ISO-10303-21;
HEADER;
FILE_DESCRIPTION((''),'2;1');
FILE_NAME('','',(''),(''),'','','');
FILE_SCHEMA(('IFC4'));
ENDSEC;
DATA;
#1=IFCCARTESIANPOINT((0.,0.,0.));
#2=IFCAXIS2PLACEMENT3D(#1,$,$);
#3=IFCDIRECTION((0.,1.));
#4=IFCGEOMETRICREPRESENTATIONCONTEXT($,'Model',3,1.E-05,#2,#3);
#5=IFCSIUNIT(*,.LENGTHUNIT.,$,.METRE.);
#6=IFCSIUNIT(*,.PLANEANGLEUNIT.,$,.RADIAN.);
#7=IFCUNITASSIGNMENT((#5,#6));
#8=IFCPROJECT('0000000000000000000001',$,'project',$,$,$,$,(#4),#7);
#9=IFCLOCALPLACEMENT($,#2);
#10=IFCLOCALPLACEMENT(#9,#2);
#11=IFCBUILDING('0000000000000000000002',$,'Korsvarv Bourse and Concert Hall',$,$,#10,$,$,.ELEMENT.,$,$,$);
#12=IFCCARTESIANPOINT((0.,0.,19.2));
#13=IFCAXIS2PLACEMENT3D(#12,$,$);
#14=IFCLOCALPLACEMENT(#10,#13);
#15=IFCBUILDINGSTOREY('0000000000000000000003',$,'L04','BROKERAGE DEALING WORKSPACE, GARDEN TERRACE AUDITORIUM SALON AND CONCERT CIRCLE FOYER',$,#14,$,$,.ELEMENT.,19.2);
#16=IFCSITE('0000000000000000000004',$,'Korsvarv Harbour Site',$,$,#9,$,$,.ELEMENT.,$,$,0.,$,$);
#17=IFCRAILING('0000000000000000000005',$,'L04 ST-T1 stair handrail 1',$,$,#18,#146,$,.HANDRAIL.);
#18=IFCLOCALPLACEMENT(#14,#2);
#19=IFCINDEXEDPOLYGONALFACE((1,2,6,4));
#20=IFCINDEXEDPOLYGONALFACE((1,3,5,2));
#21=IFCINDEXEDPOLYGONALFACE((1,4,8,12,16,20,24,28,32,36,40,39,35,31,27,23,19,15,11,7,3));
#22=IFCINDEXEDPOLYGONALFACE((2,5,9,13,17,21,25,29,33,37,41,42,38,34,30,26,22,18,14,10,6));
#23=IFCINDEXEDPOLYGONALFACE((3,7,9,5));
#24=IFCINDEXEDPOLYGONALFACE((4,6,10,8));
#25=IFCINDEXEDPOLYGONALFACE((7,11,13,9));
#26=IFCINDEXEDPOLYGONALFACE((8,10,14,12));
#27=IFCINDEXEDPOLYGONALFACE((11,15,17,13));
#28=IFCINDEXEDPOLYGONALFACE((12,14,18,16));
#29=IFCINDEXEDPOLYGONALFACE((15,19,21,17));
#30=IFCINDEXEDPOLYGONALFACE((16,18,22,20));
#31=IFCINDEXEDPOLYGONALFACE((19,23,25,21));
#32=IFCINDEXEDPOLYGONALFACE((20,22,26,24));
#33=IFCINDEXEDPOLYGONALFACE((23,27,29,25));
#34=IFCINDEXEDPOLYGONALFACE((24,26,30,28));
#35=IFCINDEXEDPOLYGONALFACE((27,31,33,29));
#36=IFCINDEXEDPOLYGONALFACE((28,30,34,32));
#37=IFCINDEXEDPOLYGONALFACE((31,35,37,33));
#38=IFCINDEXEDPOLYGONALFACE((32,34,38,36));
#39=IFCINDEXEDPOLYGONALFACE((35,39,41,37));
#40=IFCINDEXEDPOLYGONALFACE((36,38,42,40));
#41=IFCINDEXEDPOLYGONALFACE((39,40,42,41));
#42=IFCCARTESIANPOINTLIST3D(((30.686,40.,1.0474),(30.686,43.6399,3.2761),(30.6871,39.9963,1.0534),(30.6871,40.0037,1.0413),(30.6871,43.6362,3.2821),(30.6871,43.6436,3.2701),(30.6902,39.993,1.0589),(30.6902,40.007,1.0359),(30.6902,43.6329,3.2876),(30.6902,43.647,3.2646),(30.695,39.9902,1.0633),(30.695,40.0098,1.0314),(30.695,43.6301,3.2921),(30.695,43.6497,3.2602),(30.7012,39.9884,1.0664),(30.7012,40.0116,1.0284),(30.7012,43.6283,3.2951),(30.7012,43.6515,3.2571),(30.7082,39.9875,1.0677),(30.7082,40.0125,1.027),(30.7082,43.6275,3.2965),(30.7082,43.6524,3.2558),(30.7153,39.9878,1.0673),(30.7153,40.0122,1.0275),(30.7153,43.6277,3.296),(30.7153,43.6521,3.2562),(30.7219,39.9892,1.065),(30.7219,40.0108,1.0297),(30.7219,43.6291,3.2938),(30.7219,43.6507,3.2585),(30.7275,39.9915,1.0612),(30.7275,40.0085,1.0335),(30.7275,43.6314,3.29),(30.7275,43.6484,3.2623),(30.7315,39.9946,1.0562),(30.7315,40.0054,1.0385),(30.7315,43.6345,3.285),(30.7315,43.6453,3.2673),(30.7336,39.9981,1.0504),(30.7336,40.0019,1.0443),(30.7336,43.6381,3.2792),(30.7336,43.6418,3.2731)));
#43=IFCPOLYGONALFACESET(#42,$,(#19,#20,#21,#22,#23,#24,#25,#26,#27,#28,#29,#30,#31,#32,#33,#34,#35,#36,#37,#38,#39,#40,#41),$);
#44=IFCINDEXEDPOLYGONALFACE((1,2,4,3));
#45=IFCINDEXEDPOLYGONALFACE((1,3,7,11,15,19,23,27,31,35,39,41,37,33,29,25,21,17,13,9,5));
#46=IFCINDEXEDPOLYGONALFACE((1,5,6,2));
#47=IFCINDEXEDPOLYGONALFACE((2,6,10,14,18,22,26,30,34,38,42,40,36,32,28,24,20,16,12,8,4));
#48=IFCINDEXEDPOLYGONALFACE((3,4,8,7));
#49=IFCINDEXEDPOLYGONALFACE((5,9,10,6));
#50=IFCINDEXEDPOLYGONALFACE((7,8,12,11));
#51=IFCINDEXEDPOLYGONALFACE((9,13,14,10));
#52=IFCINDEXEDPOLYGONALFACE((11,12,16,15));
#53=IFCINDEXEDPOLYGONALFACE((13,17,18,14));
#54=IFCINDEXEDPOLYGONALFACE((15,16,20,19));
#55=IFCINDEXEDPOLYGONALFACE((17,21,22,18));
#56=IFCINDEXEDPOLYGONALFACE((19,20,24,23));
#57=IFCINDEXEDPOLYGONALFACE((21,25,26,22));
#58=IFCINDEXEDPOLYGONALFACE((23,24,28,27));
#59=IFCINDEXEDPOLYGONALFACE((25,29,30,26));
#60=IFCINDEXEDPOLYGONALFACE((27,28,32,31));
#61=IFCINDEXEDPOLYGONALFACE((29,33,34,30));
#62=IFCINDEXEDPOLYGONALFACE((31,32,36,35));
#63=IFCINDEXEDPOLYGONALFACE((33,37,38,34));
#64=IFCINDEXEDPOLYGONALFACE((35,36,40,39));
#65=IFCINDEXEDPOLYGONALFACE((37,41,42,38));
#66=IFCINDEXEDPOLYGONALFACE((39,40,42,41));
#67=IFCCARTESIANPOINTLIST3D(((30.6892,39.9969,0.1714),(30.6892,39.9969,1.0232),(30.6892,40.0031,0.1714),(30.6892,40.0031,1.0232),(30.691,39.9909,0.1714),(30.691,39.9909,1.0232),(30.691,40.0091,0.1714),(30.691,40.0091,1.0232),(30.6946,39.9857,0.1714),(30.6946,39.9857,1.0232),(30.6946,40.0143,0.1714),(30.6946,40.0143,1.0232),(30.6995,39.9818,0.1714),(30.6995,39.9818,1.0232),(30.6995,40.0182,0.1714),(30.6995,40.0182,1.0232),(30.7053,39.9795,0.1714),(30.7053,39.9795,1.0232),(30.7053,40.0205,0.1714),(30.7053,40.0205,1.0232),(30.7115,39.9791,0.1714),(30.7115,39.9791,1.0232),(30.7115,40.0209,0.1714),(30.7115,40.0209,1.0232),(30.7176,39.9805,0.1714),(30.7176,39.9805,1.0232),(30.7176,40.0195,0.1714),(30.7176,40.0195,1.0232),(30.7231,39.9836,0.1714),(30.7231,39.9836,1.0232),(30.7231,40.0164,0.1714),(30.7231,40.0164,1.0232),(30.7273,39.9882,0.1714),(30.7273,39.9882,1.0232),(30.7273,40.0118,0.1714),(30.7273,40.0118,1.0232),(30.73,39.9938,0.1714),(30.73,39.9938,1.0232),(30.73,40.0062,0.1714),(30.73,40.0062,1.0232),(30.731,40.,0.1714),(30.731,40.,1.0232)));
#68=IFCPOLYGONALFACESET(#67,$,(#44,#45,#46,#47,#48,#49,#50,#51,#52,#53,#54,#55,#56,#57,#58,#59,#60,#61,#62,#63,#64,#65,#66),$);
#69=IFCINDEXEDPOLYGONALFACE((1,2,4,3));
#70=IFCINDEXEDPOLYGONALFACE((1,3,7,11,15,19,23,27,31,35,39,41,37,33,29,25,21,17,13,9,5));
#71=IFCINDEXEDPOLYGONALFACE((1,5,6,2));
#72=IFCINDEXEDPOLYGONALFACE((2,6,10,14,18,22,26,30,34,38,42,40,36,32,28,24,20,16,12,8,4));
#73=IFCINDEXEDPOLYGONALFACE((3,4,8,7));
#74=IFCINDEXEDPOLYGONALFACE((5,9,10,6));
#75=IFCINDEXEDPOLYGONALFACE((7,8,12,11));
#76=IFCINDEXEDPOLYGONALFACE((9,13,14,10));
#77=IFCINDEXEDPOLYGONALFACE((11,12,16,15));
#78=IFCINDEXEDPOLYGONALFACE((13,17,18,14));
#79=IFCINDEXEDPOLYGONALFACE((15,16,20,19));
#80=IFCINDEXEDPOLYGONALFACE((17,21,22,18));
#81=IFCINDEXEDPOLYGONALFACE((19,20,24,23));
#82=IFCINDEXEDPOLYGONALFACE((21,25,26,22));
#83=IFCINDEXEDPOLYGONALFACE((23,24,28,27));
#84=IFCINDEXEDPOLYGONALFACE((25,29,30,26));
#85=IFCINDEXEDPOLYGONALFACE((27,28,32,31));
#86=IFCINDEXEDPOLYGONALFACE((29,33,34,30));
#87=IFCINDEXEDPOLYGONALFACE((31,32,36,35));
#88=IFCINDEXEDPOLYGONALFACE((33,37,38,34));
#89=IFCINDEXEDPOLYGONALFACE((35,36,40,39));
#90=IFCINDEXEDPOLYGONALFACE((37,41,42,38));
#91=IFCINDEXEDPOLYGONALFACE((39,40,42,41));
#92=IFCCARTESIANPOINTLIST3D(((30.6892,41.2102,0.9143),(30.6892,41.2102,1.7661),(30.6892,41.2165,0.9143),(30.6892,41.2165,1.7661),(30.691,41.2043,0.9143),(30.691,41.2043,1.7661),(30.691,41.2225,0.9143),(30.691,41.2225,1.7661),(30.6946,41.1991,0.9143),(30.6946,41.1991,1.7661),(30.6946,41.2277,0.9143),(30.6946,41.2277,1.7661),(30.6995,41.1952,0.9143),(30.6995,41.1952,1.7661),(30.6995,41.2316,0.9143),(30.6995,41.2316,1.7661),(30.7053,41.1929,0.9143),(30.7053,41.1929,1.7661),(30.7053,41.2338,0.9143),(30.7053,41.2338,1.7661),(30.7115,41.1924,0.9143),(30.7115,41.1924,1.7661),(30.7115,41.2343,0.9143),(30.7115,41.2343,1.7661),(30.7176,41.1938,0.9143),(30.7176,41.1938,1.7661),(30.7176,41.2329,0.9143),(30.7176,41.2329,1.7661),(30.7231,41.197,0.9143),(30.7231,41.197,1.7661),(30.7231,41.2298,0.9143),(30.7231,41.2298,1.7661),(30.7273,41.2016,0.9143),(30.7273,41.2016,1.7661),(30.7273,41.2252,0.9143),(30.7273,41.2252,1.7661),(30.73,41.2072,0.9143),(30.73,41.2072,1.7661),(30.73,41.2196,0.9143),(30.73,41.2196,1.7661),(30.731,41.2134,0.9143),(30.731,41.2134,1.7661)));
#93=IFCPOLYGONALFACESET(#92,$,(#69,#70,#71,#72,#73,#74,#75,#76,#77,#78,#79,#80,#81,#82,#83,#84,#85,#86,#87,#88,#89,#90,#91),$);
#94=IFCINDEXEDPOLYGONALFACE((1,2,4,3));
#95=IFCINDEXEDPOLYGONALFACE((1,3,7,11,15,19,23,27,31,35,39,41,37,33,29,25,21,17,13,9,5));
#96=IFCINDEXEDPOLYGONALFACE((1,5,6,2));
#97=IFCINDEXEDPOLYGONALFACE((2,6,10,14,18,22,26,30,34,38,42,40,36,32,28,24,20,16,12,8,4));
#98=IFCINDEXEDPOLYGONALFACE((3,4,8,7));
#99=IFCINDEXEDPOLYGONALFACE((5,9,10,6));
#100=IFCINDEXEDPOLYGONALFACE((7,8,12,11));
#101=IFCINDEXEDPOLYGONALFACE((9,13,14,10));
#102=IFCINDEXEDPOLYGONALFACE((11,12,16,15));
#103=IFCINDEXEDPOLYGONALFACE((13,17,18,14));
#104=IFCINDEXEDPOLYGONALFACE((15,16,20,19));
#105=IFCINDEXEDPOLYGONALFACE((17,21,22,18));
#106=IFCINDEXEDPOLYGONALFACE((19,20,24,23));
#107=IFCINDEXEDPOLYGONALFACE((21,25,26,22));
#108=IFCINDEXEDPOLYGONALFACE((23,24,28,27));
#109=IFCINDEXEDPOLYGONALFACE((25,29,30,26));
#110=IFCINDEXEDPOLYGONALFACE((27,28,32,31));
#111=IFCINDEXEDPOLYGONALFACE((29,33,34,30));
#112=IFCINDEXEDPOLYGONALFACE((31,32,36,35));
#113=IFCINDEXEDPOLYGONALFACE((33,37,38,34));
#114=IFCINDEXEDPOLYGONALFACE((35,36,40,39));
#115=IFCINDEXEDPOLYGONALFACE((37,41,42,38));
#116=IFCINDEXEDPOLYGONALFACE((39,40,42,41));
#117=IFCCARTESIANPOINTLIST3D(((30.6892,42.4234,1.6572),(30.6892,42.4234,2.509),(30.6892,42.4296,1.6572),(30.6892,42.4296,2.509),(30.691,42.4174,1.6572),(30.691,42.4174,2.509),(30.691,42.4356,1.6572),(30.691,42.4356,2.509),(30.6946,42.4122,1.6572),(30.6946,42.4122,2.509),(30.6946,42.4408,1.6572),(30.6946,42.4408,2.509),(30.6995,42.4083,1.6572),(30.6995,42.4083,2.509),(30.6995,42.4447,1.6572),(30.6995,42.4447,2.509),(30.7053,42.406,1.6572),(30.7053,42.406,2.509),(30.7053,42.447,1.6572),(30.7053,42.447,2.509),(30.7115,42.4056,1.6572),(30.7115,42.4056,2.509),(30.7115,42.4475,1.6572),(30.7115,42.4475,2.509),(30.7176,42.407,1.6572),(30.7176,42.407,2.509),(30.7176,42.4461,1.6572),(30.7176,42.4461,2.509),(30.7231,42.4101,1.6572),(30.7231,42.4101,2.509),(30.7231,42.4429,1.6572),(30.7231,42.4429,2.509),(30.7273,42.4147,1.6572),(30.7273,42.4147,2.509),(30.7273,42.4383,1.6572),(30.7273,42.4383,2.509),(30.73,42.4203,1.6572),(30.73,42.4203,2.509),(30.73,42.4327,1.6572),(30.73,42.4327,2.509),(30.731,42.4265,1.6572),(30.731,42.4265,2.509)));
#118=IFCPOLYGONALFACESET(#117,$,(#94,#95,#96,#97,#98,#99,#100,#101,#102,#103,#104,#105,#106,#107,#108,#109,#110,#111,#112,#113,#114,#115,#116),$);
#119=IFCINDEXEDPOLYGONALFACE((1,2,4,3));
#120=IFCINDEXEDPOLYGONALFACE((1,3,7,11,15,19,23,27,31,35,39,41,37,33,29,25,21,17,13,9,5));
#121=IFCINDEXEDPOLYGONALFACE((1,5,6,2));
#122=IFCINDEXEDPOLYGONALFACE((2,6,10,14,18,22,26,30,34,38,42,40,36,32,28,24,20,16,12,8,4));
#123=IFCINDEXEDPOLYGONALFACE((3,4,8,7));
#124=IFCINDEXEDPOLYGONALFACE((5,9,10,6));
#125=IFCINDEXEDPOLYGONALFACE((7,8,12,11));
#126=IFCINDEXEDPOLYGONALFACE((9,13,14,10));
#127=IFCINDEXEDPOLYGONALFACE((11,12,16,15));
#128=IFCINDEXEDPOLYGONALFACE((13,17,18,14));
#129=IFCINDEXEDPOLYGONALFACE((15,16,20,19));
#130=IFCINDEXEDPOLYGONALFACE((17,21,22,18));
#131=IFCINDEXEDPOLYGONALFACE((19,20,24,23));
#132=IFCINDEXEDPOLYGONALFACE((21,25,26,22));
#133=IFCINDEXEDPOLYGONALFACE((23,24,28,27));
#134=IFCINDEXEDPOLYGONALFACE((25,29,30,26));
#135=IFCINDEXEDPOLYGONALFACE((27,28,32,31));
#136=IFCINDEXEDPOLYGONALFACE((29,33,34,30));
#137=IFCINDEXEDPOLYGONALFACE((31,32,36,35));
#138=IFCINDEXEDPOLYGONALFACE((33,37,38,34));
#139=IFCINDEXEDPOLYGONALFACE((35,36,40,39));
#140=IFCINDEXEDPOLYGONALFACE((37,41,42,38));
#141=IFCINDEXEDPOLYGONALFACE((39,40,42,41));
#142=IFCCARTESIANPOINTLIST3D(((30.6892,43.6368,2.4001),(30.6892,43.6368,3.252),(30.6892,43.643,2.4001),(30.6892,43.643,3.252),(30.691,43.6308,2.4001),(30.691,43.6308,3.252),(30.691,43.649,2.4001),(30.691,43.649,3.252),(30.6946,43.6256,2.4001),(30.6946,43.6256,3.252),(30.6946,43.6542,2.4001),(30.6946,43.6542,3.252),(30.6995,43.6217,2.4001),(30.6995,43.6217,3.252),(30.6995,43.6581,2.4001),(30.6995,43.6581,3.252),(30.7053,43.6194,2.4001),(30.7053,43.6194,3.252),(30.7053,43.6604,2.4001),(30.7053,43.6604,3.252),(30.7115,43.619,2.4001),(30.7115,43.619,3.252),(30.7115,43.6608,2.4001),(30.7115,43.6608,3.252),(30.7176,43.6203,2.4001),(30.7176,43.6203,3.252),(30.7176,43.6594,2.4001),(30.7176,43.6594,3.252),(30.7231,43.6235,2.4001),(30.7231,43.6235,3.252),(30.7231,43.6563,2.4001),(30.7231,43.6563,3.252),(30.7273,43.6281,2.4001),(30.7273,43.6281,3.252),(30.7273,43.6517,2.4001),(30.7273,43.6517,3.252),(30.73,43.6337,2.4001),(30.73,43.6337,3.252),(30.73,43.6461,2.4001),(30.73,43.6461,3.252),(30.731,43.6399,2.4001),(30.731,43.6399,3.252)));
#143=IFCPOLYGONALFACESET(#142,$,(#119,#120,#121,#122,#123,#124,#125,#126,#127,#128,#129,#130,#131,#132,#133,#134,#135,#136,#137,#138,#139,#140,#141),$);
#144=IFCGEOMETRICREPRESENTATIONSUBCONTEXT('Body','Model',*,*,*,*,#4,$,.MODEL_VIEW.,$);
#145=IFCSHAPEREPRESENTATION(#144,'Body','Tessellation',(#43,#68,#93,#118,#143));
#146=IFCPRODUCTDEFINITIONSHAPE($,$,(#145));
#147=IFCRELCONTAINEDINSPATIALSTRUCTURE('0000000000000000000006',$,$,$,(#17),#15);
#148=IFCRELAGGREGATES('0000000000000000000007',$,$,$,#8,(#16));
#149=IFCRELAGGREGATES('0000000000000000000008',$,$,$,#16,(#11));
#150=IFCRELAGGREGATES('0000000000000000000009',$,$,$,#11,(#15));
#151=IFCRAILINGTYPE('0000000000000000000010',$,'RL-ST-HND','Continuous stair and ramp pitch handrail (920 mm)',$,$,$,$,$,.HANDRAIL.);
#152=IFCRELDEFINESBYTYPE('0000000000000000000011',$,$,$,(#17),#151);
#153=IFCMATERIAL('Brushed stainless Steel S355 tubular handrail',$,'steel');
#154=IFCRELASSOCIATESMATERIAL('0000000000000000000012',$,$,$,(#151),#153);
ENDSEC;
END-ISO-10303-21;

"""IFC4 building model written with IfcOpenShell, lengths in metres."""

from ifc_helpers import new_model, si_unit, direction, frame, origin, origin_2d, place, context, subcontext, project, spatial, circle, extrude, material, type_object, element, save


model = new_model("IFC4")

# Units and contexts
model_context = context("Model", 3, precision=1e-05, world=origin(), true_north=direction((0.0, 1.0)))
body_context = subcontext(model_context, "Body", "Model", "MODEL_VIEW")
ifc_project = project(units=[si_unit("LENGTHUNIT", "METRE"), si_unit("PLANEANGLEUNIT", "RADIAN")], contexts=[model_context])

# Site, building, storey
site_placement = place(None, origin())
site = spatial("IfcSite", under=ifc_project, at=site_placement, Name="Korsvarv Harbour Site", CompositionType="ELEMENT", RefElevation=0.0)
building_placement = place(site_placement, origin())
building = spatial("IfcBuilding", under=site, at=building_placement, Name="Korsvarv Bourse and Concert Hall", CompositionType="ELEMENT")
storey_placement = place(building_placement, frame((0.0, 0.0, 19.2)))
storey = spatial("IfcBuildingStorey", under=building, at=storey_placement, Name="L04", Description="BROKERAGE DEALING WORKSPACE, GARDEN TERRACE AUDITORIUM SALON AND CONCERT CIRCLE FOYER", CompositionType="ELEMENT", Elevation=19.2)

# Railing
ifc_material_1 = material(Name="Brushed stainless Steel S355 tubular handrail", Category="steel")
railing_type_1 = type_object("IfcRailingType", Name="RL-ST-HND", Description="Continuous stair and ramp pitch handrail (920 mm)", PredefinedType="HANDRAIL", material=ifc_material_1)
railing_1_placement = place(storey_placement, frame((30.71, 40.0, 0.1714)))
element("IfcRailing", 1, at=railing_1_placement, inside=storey, type_object=railing_type_1, Name="L04 ST-T1 stair handrail 1", PredefinedType="HANDRAIL", context=body_context, shape_type="SweptSolid", body=[
    extrude(circle(Radius=0.0239, at=origin_2d()), frame((0.0, 0.0, 0.876), z_axis=(0.0, 0.852825, 0.522197), x_axis=(-1.0, 0.0, 0.0)), (0.0, 0.0, 1.0), 4.2681),
    extrude(circle(Radius=0.021, at=origin_2d()), origin(), (0.0, 0.0, 1.0), 0.8518),
    extrude(circle(Radius=0.021, at=origin_2d()), frame((0.0, 1.2134, 0.7429)), (0.0, 0.0, 1.0), 0.8518),
    extrude(circle(Radius=0.021, at=origin_2d()), frame((0.0, 2.4265, 1.4858)), (0.0, 0.0, 1.0), 0.8518),
    extrude(circle(Radius=0.021, at=origin_2d()), frame((0.0, 3.6399, 2.2288)), (0.0, 0.0, 1.0), 0.8518),
])

save(model, "model.ifc")
